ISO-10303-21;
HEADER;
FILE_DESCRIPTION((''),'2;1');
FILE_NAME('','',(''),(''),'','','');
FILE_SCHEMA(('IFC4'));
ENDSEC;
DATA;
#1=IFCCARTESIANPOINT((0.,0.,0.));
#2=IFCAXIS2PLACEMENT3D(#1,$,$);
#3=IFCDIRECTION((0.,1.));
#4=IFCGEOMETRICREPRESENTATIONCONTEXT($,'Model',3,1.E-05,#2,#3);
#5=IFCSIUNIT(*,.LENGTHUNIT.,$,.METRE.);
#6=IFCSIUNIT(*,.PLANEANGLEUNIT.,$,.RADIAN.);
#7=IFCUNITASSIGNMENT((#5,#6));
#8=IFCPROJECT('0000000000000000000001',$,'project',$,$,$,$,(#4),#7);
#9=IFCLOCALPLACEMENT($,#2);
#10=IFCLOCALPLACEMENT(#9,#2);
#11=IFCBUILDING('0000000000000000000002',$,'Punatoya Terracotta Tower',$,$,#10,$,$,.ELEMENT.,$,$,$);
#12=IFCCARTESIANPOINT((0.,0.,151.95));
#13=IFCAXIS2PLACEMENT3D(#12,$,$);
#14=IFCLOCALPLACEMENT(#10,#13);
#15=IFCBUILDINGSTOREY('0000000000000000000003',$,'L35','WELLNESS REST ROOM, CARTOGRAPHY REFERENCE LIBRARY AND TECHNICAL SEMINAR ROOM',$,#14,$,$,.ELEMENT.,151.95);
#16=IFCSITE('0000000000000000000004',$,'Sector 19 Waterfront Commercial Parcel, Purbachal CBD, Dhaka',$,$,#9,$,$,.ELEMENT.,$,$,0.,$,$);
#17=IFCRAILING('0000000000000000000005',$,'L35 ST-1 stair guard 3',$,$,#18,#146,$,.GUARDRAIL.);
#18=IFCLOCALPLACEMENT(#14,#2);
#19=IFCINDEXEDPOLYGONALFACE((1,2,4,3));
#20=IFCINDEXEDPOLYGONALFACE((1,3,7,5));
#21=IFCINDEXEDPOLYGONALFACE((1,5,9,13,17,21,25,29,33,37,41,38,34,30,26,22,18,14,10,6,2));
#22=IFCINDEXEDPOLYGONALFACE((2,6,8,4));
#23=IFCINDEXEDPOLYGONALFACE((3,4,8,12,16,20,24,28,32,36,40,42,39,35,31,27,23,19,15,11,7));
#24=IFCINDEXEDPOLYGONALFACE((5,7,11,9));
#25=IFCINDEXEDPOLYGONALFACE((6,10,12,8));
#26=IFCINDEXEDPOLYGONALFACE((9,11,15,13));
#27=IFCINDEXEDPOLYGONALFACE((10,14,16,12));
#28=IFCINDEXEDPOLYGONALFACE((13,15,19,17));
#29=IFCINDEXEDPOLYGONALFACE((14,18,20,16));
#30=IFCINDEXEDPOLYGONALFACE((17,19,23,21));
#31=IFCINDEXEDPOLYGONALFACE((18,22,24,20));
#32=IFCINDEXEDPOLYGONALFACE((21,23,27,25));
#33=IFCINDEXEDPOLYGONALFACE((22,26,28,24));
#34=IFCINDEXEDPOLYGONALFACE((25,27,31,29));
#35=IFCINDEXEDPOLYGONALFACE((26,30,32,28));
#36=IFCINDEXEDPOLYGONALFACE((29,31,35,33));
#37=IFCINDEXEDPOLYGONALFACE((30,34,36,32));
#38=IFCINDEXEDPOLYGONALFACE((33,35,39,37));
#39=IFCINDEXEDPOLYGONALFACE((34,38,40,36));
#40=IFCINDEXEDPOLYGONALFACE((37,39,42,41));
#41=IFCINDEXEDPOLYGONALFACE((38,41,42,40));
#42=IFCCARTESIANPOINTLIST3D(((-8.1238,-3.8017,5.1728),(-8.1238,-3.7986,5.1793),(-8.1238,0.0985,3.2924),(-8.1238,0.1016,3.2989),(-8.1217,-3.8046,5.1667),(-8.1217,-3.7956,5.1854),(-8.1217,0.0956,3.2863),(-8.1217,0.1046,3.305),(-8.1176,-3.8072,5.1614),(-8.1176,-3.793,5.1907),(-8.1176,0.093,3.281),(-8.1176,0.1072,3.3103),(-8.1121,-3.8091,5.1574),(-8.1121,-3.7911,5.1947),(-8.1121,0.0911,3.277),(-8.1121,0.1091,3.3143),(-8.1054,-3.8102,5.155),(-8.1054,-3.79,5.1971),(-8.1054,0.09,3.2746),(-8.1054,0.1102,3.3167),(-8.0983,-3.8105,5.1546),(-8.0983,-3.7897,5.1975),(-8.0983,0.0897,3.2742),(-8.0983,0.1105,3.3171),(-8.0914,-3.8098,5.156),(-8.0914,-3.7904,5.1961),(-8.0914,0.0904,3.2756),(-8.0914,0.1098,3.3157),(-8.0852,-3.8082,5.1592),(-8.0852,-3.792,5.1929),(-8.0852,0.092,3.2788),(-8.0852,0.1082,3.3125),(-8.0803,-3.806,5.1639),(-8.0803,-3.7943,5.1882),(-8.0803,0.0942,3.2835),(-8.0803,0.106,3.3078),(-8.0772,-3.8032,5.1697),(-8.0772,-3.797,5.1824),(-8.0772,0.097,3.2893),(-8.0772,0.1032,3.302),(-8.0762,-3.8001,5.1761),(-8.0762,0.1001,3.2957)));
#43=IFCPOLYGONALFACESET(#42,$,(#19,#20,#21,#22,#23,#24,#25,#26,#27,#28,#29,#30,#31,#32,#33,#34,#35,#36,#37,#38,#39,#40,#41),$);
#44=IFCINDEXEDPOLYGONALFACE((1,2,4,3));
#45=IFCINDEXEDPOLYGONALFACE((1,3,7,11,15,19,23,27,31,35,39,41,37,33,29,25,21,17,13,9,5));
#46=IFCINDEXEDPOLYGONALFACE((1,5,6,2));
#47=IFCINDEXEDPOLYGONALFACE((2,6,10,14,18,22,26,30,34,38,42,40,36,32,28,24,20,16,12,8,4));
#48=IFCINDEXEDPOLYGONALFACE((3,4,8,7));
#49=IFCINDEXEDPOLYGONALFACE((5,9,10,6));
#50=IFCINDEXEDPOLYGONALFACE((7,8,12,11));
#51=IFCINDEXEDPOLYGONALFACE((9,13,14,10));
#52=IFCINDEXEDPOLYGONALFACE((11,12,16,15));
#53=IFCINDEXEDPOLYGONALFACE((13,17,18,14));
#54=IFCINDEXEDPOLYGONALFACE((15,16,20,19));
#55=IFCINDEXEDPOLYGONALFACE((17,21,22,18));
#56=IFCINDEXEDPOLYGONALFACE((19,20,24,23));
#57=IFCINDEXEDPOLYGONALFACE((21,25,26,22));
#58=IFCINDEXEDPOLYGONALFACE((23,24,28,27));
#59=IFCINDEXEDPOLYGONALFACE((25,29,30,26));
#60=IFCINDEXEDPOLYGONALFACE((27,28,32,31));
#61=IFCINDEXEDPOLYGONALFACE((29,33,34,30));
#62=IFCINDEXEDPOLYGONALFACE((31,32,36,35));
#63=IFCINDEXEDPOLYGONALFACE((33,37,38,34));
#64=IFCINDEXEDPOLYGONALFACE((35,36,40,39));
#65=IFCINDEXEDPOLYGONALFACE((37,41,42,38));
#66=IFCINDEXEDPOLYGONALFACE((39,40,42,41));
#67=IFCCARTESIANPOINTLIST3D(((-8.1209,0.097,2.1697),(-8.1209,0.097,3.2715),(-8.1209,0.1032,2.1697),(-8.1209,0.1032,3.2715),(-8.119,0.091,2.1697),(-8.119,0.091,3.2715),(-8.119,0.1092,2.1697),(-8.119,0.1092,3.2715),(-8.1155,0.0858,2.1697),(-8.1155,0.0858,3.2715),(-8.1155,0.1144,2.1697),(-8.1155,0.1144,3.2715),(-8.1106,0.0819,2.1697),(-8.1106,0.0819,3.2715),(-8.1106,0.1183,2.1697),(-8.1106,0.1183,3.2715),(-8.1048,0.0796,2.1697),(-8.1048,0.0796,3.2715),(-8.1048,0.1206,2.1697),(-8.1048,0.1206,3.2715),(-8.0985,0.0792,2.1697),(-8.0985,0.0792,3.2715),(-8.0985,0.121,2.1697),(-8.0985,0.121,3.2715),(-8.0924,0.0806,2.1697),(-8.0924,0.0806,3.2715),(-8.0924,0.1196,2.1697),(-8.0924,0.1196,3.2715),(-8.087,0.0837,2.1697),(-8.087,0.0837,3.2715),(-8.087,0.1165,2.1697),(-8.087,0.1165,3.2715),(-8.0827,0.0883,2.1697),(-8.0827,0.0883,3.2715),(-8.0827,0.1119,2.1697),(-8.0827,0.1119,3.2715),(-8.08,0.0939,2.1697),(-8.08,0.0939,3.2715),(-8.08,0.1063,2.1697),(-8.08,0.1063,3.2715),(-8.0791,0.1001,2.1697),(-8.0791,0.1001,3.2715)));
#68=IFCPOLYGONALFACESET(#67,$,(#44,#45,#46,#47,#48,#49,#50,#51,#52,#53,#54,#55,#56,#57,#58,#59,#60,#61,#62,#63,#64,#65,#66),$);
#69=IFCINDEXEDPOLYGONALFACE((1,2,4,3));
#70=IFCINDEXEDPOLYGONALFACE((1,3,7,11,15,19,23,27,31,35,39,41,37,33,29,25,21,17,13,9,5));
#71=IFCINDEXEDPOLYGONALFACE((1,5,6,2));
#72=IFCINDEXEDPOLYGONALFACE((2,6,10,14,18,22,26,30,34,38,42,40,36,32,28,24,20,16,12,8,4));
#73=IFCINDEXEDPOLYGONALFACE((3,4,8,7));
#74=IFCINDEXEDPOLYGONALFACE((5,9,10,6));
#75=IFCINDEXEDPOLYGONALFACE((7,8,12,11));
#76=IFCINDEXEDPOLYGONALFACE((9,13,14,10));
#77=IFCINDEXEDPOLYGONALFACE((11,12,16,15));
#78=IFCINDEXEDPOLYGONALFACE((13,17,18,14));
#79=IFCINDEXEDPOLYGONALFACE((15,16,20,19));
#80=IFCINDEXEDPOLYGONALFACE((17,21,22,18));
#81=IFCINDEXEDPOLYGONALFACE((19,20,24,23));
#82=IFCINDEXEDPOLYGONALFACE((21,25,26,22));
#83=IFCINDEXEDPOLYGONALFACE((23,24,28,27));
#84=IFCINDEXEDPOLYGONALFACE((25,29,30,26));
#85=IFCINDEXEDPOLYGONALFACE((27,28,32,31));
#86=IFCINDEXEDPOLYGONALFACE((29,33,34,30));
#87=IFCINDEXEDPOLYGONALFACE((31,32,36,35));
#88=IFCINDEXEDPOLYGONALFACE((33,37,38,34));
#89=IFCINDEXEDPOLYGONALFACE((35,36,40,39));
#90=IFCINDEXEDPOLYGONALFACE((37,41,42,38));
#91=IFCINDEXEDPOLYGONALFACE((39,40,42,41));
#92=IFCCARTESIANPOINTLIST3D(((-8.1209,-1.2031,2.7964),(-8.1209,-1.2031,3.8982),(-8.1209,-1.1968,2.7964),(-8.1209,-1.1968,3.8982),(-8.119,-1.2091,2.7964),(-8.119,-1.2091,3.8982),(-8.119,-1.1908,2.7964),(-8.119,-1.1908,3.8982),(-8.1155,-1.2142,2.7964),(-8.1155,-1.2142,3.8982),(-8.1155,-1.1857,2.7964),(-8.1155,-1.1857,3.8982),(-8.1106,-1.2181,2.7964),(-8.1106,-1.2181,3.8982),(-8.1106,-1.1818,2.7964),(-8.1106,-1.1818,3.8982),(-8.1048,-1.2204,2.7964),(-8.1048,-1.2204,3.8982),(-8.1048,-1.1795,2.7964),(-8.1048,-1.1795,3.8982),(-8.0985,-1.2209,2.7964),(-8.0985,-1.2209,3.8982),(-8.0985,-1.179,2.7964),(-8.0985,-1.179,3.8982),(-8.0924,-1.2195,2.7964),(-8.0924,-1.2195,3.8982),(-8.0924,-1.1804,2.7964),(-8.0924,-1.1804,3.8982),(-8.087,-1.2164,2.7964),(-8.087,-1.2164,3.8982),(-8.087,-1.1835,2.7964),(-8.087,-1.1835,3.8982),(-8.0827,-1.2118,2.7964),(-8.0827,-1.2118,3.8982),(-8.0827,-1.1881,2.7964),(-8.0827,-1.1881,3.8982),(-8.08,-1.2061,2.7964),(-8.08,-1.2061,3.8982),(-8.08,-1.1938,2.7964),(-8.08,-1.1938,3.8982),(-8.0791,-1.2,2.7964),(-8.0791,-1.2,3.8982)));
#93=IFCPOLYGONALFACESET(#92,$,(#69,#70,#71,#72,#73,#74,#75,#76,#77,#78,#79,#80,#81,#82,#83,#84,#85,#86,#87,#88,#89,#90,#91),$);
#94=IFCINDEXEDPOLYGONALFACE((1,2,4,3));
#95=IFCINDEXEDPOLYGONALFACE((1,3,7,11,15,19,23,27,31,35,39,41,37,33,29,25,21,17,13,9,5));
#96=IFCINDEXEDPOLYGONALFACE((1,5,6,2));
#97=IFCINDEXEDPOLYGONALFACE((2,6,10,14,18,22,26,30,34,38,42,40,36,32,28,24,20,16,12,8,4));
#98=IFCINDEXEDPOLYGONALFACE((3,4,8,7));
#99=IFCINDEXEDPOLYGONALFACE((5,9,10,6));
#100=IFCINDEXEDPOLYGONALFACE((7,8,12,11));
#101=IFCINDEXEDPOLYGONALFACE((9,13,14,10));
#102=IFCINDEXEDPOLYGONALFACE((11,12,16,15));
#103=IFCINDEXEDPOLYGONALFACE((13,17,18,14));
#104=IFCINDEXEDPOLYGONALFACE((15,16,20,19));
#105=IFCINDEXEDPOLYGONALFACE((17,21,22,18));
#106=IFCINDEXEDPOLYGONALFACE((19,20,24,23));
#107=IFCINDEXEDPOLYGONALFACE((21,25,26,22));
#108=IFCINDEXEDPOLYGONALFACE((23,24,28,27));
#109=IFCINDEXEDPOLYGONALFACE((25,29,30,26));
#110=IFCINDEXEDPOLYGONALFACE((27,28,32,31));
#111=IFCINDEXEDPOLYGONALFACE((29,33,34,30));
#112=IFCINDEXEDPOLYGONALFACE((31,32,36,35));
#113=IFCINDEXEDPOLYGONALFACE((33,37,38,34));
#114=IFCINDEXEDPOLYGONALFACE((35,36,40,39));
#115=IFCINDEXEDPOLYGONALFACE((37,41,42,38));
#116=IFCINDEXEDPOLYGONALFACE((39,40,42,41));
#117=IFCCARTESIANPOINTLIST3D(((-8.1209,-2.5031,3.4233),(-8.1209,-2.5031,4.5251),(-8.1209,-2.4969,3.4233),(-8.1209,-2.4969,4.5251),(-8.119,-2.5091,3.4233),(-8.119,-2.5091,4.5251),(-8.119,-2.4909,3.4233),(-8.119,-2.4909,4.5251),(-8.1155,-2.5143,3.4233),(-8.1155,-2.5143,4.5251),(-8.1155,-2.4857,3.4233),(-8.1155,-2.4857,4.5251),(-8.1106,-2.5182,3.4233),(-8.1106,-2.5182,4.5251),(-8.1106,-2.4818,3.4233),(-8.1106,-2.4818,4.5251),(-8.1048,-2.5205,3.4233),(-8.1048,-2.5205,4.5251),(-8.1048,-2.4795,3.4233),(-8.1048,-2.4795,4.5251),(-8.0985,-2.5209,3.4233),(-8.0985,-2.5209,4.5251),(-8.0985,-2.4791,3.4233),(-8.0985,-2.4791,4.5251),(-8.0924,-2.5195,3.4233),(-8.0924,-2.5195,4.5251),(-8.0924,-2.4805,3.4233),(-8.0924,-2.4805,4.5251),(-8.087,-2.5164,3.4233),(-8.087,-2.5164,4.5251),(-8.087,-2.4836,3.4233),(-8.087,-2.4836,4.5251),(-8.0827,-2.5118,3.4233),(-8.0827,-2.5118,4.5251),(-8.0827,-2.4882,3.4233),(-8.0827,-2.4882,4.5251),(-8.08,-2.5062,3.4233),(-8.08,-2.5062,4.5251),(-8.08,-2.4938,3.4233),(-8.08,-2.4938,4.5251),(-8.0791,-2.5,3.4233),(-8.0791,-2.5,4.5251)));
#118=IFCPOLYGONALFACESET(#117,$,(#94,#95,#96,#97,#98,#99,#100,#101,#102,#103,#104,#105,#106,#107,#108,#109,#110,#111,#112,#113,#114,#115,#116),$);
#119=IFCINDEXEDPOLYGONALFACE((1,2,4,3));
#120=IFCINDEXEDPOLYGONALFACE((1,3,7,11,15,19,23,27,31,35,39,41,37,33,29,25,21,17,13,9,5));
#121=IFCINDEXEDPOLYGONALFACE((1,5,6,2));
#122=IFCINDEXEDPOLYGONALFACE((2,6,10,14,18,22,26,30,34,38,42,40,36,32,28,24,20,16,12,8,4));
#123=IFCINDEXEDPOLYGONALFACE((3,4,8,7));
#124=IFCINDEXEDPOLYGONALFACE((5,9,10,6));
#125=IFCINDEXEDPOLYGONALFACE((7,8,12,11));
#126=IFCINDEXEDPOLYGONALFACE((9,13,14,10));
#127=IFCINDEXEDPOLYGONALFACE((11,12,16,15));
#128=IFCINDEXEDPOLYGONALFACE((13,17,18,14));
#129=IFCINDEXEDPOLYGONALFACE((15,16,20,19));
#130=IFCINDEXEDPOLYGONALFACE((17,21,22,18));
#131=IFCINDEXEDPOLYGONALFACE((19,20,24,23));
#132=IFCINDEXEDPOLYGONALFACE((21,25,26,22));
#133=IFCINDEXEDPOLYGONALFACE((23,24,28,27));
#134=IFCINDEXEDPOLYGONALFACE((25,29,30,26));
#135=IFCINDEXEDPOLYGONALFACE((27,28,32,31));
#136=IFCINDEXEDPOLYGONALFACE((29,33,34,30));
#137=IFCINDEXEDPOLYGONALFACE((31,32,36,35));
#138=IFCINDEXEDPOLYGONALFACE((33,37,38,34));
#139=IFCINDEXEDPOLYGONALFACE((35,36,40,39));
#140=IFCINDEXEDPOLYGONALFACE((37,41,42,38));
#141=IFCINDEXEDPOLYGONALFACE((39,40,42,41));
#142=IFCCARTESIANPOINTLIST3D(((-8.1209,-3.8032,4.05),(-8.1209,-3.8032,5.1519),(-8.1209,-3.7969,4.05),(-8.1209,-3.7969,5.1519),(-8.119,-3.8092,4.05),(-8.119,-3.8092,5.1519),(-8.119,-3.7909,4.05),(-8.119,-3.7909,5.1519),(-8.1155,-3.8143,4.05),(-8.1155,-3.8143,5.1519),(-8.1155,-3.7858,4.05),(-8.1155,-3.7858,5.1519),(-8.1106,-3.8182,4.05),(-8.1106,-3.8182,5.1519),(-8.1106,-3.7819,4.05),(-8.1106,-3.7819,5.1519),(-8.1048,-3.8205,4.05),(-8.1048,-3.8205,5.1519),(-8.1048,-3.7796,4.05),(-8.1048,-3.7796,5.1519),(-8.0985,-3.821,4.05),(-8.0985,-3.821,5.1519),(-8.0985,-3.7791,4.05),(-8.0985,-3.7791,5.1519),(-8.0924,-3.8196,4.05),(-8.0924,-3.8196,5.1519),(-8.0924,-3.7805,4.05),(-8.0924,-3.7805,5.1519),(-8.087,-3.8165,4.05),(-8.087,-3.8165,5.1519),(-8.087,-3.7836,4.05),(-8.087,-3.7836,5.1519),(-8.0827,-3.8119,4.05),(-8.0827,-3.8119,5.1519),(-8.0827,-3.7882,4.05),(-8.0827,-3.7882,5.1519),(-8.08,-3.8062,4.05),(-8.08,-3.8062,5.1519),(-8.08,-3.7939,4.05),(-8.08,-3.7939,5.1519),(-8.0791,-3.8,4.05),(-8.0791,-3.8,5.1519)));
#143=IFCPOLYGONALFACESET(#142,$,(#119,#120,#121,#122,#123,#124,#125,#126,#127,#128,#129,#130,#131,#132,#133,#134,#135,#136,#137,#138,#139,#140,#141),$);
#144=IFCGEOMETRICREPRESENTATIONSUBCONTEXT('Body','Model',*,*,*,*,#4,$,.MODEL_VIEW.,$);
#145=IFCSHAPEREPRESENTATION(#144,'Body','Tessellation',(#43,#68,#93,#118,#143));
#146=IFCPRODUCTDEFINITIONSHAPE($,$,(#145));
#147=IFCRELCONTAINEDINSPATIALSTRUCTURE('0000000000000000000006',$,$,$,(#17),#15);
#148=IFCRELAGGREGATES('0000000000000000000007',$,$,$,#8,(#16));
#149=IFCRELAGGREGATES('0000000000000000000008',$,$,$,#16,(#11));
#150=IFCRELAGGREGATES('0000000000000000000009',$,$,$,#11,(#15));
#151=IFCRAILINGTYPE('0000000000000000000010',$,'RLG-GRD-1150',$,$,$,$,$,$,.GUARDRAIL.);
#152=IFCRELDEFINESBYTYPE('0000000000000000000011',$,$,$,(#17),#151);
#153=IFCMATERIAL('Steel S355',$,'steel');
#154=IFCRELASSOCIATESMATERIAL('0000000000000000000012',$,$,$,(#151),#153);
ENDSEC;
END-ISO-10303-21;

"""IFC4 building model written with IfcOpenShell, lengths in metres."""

from ifc_helpers import new_model, si_unit, direction, frame, origin, origin_2d, place, context, subcontext, project, spatial, circle, extrude, material, type_object, element, save


model = new_model("IFC4")

# Units and contexts
model_context = context("Model", 3, precision=1e-05, world=origin(), true_north=direction((0.0, 1.0)))
body_context = subcontext(model_context, "Body", "Model", "MODEL_VIEW")
ifc_project = project(units=[si_unit("LENGTHUNIT", "METRE"), si_unit("PLANEANGLEUNIT", "RADIAN")], contexts=[model_context])

# Site, building, storey
site_placement = place(None, origin())
site = spatial("IfcSite", under=ifc_project, at=site_placement, Name="Sector 19 Waterfront Commercial Parcel, Purbachal CBD, Dhaka", CompositionType="ELEMENT", RefElevation=0.0)
building_placement = place(site_placement, origin())
building = spatial("IfcBuilding", under=site, at=building_placement, Name="Punatoya Terracotta Tower", CompositionType="ELEMENT")
storey_placement = place(building_placement, frame((0.0, 0.0, 151.95)))
storey = spatial("IfcBuildingStorey", under=building, at=storey_placement, Name="L35", Description="WELLNESS REST ROOM, CARTOGRAPHY REFERENCE LIBRARY AND TECHNICAL SEMINAR ROOM", CompositionType="ELEMENT", Elevation=151.95)

# Shared definitions
ifc_material_1 = material(Name="Steel S355", Category="steel")

# Railing
railing_type = type_object("IfcRailingType", Name="RLG-GRD-1150", PredefinedType="GUARDRAIL", material=ifc_material_1)
railing_1_placement = place(storey_placement, frame((-8.1001, 0.1001, 2.1697)))
element("IfcRailing", 1, at=railing_1_placement, inside=storey, type_object=railing_type, Name="L35 ST-1 stair guard 3", PredefinedType="GUARDRAIL", context=body_context, shape_type="SweptSolid", body=[
    extrude(circle(Radius=0.0239, at=origin_2d()), frame((0.0, 0.0, 1.126), z_axis=(0.0, -0.900774, 0.434289), x_axis=(1.0, 0.0, 0.0)), (0.0, 0.0, 1.0), 4.3298),
    extrude(circle(Radius=0.021, at=origin_2d()), origin(), (0.0, 0.0, 1.0), 1.1018),
    extrude(circle(Radius=0.021, at=origin_2d()), frame((0.0, -1.3, 0.6267)), (0.0, 0.0, 1.0), 1.1018),
    extrude(circle(Radius=0.021, at=origin_2d()), frame((0.0, -2.6001, 1.2537)), (0.0, 0.0, 1.0), 1.1018),
    extrude(circle(Radius=0.021, at=origin_2d()), frame((0.0, -3.9001, 1.8804)), (0.0, 0.0, 1.0), 1.1018),
])

save(model, "model.ifc")
